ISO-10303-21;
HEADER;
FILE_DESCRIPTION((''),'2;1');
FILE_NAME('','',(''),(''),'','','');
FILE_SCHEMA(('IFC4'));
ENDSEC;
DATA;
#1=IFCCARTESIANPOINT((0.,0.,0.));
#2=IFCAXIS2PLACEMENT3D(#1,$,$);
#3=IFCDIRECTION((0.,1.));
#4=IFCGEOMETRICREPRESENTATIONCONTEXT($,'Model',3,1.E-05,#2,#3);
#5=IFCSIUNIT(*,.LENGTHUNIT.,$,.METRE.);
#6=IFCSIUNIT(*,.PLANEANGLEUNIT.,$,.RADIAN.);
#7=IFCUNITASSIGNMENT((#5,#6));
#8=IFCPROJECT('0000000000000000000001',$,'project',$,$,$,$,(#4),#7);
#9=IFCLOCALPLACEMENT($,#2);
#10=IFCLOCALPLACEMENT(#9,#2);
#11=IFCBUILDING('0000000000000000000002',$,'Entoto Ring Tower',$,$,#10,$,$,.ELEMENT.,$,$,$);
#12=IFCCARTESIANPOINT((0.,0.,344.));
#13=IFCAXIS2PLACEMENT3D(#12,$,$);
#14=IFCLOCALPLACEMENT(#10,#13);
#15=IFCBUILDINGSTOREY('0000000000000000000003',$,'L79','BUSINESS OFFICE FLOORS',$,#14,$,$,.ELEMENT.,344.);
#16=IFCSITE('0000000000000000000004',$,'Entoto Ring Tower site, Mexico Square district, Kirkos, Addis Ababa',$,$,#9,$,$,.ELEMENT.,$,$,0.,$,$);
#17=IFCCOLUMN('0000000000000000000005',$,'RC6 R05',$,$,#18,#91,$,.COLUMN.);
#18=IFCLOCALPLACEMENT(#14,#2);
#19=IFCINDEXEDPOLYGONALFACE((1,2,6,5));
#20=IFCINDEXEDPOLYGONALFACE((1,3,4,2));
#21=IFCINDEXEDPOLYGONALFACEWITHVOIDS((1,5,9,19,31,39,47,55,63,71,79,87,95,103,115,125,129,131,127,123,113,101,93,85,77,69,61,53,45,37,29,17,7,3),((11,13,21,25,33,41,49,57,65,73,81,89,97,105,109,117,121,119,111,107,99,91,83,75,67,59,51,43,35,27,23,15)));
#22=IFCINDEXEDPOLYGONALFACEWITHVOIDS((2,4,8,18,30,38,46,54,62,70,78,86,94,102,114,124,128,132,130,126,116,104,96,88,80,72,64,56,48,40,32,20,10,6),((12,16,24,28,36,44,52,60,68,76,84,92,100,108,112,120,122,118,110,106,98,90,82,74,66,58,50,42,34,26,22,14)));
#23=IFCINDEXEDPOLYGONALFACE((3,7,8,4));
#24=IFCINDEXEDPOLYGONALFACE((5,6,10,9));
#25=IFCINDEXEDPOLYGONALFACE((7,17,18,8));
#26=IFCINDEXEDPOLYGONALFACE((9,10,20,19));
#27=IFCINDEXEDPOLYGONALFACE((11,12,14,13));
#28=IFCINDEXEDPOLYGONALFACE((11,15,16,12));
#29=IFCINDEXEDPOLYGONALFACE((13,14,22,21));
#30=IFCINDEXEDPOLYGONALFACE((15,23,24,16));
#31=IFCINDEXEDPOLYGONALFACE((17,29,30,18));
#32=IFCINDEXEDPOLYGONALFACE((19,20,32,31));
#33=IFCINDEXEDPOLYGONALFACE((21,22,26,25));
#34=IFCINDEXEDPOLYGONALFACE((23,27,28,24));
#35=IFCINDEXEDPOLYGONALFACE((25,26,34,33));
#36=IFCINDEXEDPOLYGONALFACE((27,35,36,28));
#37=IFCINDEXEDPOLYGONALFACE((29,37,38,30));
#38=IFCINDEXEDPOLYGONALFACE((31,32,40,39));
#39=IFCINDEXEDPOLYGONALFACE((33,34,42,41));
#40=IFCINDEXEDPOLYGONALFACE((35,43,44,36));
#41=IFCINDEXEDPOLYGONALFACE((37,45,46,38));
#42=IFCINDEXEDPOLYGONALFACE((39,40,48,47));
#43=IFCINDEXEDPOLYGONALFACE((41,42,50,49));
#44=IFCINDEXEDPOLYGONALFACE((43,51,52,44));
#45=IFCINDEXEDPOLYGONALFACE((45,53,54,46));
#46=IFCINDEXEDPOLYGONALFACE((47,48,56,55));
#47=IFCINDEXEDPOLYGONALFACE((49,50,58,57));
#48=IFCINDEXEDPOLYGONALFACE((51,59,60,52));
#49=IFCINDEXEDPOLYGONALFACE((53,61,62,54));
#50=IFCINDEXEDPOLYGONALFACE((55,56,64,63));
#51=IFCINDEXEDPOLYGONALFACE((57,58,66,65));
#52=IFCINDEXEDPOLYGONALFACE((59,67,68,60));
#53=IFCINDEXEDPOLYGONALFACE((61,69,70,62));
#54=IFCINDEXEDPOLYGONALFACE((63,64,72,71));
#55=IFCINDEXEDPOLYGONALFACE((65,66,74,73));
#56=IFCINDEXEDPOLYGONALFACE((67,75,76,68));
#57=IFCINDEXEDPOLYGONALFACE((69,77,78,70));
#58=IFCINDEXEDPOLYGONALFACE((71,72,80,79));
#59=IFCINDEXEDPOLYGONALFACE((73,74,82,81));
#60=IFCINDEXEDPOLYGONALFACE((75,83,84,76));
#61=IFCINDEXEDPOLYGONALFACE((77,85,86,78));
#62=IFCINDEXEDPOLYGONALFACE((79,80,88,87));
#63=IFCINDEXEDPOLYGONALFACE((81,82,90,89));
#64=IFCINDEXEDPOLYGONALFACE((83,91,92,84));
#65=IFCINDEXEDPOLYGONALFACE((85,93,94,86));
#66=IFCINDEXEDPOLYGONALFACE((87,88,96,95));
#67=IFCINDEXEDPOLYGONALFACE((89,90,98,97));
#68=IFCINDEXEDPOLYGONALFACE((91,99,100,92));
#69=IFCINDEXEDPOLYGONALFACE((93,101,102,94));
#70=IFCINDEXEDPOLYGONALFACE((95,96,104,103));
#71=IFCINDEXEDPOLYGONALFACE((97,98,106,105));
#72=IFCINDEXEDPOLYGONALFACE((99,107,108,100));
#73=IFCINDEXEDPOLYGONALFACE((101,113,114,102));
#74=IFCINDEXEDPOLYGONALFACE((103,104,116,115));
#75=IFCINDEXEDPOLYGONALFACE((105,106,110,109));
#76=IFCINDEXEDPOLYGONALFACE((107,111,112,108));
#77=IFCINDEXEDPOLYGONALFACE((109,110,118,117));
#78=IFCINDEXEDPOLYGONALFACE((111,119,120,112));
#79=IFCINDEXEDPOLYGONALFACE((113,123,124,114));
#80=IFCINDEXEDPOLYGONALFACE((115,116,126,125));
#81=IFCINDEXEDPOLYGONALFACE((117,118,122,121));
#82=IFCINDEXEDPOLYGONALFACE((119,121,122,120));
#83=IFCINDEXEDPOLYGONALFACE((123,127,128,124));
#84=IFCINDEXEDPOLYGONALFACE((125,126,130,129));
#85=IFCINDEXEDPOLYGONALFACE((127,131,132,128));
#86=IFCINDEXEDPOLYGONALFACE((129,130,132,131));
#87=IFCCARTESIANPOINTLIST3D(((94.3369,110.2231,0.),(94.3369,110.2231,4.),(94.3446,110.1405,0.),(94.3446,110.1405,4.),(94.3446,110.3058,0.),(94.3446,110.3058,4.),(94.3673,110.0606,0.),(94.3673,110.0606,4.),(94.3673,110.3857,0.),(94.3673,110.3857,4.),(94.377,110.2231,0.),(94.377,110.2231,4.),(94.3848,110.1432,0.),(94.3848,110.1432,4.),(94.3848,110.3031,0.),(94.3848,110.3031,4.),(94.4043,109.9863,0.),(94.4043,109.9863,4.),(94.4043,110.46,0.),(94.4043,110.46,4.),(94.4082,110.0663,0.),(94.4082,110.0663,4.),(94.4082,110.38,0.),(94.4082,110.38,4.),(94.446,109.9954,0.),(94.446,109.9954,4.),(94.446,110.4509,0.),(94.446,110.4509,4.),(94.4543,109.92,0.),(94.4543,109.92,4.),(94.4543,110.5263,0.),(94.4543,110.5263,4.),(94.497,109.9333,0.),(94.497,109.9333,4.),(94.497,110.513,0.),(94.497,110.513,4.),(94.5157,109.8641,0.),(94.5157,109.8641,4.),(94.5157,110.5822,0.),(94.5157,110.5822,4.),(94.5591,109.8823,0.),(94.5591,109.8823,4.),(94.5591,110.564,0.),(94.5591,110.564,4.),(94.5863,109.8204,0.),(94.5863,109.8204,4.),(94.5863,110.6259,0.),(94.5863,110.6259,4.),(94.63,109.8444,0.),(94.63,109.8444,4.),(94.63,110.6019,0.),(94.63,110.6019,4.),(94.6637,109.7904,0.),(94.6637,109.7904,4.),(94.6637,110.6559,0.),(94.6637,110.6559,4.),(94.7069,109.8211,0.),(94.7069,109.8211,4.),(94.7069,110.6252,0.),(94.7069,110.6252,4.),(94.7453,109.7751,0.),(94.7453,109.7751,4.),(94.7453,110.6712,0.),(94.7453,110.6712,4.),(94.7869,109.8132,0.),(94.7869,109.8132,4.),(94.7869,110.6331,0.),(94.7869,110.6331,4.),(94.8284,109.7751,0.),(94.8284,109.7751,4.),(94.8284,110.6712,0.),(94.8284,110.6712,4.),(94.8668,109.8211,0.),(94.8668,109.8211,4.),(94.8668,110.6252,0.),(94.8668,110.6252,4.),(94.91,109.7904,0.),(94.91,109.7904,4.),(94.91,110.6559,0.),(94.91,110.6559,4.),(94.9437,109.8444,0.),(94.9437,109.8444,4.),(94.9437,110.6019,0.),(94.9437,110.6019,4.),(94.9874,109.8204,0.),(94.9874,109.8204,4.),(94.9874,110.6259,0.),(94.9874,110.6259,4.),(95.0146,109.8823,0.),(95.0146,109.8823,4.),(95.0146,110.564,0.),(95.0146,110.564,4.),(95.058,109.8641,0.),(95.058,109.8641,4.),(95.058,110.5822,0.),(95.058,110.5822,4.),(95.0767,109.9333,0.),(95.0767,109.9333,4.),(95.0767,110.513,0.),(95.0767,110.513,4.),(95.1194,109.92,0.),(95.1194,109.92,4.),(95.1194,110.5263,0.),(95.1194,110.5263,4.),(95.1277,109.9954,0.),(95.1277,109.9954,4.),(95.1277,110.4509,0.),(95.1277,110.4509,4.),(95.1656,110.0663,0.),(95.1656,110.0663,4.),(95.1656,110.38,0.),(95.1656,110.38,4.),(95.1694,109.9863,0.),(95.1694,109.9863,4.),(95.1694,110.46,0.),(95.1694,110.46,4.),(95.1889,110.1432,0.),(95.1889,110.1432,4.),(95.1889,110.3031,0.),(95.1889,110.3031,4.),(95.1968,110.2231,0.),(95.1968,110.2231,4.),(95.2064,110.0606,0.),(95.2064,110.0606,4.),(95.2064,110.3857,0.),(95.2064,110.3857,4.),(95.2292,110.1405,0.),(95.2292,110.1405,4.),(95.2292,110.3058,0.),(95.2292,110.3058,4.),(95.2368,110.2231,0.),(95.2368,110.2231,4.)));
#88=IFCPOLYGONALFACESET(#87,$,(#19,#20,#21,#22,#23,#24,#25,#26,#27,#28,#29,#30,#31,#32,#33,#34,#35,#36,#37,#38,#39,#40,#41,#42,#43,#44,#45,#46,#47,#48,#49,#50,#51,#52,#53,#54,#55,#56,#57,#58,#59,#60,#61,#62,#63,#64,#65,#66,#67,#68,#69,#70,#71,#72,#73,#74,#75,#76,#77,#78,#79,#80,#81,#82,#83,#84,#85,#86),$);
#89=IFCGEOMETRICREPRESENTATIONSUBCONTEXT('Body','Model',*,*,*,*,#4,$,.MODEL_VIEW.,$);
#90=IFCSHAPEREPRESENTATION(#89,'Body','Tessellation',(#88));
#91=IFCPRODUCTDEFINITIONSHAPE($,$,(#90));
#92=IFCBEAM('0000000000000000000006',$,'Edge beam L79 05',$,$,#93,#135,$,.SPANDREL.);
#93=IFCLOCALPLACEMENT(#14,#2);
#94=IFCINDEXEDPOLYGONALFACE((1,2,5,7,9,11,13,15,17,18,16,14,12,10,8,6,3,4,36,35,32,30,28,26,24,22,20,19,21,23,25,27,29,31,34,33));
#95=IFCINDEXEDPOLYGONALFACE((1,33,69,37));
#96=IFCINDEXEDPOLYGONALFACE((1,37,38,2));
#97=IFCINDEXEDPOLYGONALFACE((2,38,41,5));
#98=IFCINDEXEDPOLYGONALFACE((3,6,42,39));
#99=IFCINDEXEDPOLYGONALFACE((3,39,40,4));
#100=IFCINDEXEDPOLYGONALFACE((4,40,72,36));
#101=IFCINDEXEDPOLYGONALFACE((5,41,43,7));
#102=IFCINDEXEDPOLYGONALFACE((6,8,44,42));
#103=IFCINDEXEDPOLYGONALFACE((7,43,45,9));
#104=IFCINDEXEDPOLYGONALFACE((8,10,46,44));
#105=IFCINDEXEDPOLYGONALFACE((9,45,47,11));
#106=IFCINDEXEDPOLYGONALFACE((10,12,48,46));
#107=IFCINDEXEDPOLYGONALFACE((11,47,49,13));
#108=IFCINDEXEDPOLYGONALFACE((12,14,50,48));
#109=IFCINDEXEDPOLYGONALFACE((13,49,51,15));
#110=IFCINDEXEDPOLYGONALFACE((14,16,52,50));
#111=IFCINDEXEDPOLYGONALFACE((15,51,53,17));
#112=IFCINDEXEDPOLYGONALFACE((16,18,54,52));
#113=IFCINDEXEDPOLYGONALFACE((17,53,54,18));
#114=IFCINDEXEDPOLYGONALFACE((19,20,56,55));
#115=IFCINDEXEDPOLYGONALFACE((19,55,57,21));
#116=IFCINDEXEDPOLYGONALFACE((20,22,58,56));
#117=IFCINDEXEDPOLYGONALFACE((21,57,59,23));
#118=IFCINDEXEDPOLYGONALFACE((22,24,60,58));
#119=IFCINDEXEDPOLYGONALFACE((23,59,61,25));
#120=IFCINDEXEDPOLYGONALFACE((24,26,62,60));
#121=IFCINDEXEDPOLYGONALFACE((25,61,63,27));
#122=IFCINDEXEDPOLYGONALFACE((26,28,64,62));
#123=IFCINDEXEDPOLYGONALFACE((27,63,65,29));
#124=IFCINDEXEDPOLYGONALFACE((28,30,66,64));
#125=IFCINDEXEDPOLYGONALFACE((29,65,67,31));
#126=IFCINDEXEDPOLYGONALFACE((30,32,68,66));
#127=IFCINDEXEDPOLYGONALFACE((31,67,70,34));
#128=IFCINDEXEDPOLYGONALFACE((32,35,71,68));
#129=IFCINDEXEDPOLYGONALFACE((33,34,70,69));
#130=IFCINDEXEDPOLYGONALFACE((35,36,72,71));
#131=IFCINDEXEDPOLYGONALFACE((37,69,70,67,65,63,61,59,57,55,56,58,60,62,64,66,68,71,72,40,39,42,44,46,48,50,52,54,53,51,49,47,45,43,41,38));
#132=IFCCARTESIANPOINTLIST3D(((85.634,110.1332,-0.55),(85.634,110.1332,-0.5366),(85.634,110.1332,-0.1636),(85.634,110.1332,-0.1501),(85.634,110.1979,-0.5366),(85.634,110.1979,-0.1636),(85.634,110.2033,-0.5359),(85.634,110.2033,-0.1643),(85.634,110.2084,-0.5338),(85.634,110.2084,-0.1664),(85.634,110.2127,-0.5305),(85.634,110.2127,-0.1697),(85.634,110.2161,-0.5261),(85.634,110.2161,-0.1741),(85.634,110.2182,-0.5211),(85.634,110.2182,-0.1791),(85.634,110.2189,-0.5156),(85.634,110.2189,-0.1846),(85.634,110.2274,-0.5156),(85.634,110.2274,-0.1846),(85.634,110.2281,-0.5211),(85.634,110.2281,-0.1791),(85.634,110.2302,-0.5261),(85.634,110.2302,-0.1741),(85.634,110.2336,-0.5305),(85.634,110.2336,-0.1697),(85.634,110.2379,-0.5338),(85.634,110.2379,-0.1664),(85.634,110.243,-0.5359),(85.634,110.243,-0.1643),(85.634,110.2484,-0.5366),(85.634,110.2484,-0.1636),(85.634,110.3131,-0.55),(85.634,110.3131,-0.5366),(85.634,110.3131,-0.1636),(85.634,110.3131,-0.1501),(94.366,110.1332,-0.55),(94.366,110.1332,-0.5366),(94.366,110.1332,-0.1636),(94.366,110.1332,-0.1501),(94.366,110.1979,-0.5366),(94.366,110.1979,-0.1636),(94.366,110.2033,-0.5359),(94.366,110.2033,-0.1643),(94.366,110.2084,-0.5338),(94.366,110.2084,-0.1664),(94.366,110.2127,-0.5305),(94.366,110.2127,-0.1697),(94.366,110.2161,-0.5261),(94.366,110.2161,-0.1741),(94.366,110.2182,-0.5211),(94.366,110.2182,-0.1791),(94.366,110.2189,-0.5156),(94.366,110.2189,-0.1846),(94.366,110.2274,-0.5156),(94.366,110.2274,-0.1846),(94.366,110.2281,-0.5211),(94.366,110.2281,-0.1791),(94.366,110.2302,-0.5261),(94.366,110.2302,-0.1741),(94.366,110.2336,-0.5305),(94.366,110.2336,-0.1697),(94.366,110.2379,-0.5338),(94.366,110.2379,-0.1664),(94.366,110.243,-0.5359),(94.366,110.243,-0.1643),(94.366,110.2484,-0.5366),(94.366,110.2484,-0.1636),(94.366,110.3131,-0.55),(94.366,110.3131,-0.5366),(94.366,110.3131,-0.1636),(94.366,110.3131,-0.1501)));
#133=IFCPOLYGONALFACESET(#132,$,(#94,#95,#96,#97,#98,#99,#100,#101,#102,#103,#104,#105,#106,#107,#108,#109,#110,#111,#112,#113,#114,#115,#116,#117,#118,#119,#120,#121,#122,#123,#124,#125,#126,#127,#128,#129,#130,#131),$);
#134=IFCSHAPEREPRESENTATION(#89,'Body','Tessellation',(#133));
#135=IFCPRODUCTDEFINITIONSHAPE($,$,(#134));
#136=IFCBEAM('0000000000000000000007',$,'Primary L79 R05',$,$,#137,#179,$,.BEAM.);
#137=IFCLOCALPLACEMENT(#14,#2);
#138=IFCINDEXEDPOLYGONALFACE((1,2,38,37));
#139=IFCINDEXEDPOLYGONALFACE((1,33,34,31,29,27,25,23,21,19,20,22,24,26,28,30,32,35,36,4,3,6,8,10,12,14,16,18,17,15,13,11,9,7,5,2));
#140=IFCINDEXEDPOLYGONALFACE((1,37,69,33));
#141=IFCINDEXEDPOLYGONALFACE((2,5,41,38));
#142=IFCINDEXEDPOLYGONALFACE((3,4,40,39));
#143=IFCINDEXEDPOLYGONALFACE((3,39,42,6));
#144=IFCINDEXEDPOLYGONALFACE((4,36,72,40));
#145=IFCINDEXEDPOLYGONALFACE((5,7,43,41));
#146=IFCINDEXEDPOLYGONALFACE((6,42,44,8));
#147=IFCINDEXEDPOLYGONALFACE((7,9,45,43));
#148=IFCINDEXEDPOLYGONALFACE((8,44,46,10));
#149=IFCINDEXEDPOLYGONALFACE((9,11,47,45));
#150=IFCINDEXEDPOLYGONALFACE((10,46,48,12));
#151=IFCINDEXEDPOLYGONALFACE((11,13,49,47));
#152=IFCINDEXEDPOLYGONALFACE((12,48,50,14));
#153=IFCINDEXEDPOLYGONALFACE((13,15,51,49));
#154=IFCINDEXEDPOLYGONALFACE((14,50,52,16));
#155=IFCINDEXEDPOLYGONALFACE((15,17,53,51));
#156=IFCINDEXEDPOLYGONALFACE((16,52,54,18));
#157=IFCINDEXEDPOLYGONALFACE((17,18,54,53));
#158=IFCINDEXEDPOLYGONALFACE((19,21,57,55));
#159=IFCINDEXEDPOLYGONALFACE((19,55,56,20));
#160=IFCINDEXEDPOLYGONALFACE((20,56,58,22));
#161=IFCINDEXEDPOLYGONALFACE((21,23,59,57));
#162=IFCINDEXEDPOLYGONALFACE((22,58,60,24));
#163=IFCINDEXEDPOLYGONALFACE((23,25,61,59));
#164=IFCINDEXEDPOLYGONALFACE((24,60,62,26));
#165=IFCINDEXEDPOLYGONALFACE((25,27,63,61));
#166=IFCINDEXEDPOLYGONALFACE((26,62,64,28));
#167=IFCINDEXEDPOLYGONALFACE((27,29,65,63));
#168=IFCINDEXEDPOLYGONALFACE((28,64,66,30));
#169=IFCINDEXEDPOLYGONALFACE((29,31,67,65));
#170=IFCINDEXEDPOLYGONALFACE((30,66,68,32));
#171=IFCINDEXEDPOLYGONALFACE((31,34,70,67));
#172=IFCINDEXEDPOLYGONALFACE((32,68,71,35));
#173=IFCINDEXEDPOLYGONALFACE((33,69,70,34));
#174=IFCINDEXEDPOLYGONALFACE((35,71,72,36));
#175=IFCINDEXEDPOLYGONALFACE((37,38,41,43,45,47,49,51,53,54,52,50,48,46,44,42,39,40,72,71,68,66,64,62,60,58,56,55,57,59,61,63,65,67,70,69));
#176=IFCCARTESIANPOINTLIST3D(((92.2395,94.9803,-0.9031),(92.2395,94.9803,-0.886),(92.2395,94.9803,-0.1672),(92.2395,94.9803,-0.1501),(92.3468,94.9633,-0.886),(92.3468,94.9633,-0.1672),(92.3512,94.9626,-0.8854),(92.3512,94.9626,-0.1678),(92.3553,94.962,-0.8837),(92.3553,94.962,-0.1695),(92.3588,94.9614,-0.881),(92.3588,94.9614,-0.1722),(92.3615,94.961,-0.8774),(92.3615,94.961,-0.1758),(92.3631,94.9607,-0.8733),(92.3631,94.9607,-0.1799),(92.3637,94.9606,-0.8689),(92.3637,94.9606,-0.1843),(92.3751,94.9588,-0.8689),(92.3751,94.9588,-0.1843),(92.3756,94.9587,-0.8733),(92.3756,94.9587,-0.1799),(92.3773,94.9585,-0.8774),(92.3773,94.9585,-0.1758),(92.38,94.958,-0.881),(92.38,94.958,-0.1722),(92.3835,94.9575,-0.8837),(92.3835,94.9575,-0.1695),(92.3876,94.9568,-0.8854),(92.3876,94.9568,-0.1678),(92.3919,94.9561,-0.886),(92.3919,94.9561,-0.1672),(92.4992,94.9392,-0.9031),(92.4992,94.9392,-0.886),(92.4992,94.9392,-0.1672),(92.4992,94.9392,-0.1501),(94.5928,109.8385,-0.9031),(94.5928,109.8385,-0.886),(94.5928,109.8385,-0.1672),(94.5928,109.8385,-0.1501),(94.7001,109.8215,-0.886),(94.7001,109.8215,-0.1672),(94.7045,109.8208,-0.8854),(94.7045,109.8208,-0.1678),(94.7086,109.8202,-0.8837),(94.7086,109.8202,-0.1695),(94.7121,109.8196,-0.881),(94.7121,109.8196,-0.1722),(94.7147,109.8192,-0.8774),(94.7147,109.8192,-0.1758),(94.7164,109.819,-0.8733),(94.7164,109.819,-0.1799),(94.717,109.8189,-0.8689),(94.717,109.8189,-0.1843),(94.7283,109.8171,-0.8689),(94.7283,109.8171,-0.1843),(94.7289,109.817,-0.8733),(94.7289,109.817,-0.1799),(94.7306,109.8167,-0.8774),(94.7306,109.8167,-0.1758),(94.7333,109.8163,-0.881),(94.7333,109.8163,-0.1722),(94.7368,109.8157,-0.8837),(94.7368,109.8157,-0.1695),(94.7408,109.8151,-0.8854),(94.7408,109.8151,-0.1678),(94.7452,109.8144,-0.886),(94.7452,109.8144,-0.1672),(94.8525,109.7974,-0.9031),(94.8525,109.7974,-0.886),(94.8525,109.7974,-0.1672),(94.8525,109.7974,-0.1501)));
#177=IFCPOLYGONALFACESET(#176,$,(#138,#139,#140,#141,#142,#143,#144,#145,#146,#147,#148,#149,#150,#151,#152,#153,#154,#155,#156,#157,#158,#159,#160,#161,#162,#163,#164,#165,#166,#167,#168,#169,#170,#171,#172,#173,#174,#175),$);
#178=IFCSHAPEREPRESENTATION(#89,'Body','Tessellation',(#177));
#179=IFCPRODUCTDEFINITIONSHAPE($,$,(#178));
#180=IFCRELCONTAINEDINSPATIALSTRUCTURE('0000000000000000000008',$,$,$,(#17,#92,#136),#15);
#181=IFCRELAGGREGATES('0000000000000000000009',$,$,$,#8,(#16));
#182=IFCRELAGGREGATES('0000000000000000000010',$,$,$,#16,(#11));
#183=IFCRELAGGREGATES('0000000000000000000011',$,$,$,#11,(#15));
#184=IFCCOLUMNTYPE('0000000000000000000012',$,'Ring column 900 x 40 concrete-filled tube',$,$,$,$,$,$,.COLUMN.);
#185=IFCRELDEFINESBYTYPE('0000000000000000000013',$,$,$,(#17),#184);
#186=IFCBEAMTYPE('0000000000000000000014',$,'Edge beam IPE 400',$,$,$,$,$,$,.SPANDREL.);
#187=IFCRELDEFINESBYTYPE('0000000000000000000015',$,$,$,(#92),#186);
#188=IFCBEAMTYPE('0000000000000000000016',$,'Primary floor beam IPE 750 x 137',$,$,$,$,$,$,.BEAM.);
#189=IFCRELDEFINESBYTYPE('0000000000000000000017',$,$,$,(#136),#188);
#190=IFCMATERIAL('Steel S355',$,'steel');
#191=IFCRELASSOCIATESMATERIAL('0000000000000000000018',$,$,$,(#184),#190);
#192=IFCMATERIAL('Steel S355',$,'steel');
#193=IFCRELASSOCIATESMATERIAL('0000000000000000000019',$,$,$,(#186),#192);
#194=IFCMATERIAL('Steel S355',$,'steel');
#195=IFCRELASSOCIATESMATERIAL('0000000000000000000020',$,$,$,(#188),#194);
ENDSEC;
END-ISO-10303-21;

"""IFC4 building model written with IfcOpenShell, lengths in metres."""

from ifc_helpers import new_model, si_unit, direction, frame, origin, origin_2d, place, context, subcontext, project, spatial, circle, hollow_circle, i_section, extrude, material, material_profile, profile_set, type_object, element, save


model = new_model("IFC4")

# Units and contexts
model_context = context("Model", 3, precision=1e-05, world=origin(), true_north=direction((0.0, 1.0)))
body_context = subcontext(model_context, "Body", "Model", "MODEL_VIEW")
ifc_project = project(units=[si_unit("LENGTHUNIT", "METRE"), si_unit("PLANEANGLEUNIT", "RADIAN")], contexts=[model_context])

# Site, building, storey
site_placement = place(None, origin())
site = spatial("IfcSite", under=ifc_project, at=site_placement, Name="Entoto Ring Tower site, Mexico Square district, Kirkos, Addis Ababa", CompositionType="ELEMENT", RefElevation=0.0)
building_placement = place(site_placement, origin())
building = spatial("IfcBuilding", under=site, at=building_placement, Name="Entoto Ring Tower", CompositionType="ELEMENT")
storey_placement = place(building_placement, frame((0.0, 0.0, 344.0)))
storey = spatial("IfcBuildingStorey", under=building, at=storey_placement, Name="L79", Description="BUSINESS OFFICE FLOORS", CompositionType="ELEMENT", Elevation=344.0)

# Column
ifc_material_1 = material(Name="Steel S355", Category="steel")
ifc_material_profile_1 = material_profile(ifc_material_1, hollow_circle(Radius=0.45, WallThickness=0.04, at=origin_2d()), Name="CHS 900 x 40")
ifc_material_2 = material(Name="Concrete C60/75", Category="concrete")
ifc_material_profile_2 = material_profile(ifc_material_2, circle(Radius=0.4099, at=origin_2d()), Name="Concrete C60/75 infill")
ifc_profile_set_1 = profile_set([ifc_material_profile_1, ifc_material_profile_2], Name="Steel S355")
column_type = type_object("IfcColumnType", Name="Ring column 900 x 40 concrete-filled tube", PredefinedType="COLUMN", material=ifc_profile_set_1)
column_placement = place(storey_placement, frame((94.7869, 110.2231, 0.0), z_axis=(0.0, 0.0, 1.0), x_axis=(1.0, 0.0, 0.0)))
element("IfcColumn", 1, at=column_placement, inside=storey, type_object=column_type, Name="RC6 R05", PredefinedType="COLUMN", context=body_context, shape_type="SweptSolid", body=[
    extrude(hollow_circle(Radius=0.45, WallThickness=0.04, at=origin_2d()), origin(), (0.0, 0.0, 1.0), 4.0),
])

# Beams
ifc_material_3 = material(Name="Steel S355", Category="steel")
ifc_material_profile_3 = material_profile(ifc_material_3, i_section(OverallWidth=0.1799, OverallDepth=0.3999, WebThickness=0.0085, FlangeThickness=0.0134, FilletRadius=0.021, at=origin_2d()), Name="IPE 400")
ifc_profile_set_2 = profile_set([ifc_material_profile_3], Name="Steel S355")
beam_type_1 = type_object("IfcBeamType", Name="Edge beam IPE 400", PredefinedType="SPANDREL", material=ifc_profile_set_2)
beam_1_placement = place(storey_placement, frame((94.366, 110.2231, -0.3501), z_axis=(-1.0, 0.0, 0.0), x_axis=(0.0, -1.0, 0.0)))
element("IfcBeam", 2, at=beam_1_placement, inside=storey, type_object=beam_type_1, Name="Edge beam L79 05", PredefinedType="SPANDREL", context=body_context, shape_type="SweptSolid", body=[
    extrude(i_section(OverallWidth=0.1799, OverallDepth=0.3999, WebThickness=0.0085, FlangeThickness=0.0134, FilletRadius=0.021, at=origin_2d()), origin(), (0.0, 0.0, 1.0), 8.7319),
])
ifc_material_4 = material(Name="Steel S355", Category="steel")
ifc_material_profile_4 = material_profile(ifc_material_4, i_section(OverallWidth=0.2629, OverallDepth=0.7529, WebThickness=0.0115, FlangeThickness=0.0171, FilletRadius=0.0171, at=origin_2d()), Name="IPE 750 x 137")
ifc_profile_set_3 = profile_set([ifc_material_profile_4], Name="Steel S355")
beam_type_2 = type_object("IfcBeamType", Name="Primary floor beam IPE 750 x 137", PredefinedType="BEAM", material=ifc_profile_set_3)
for number, where, z_axis, x_axis, name in (
    (3, (92.3694, 94.9597, -0.5266), (0.156433, 0.987689, 0.0), (-0.987689, 0.156433, 0.0), "Primary L79 R05"),
):
    element("IfcBeam", number, at=place(storey_placement, frame(where, z_axis=z_axis, x_axis=x_axis)), inside=storey, type_object=beam_type_2, Name=name, PredefinedType="BEAM", context=body_context, shape_type="SweptSolid", body=[
        extrude(i_section(OverallWidth=0.2629, OverallDepth=0.7529, WebThickness=0.0115, FlangeThickness=0.0171, FilletRadius=0.0171, at=origin_2d()), origin(), (0.0, 0.0, 1.0), 15.0435),
    ])

save(model, "model.ifc")
